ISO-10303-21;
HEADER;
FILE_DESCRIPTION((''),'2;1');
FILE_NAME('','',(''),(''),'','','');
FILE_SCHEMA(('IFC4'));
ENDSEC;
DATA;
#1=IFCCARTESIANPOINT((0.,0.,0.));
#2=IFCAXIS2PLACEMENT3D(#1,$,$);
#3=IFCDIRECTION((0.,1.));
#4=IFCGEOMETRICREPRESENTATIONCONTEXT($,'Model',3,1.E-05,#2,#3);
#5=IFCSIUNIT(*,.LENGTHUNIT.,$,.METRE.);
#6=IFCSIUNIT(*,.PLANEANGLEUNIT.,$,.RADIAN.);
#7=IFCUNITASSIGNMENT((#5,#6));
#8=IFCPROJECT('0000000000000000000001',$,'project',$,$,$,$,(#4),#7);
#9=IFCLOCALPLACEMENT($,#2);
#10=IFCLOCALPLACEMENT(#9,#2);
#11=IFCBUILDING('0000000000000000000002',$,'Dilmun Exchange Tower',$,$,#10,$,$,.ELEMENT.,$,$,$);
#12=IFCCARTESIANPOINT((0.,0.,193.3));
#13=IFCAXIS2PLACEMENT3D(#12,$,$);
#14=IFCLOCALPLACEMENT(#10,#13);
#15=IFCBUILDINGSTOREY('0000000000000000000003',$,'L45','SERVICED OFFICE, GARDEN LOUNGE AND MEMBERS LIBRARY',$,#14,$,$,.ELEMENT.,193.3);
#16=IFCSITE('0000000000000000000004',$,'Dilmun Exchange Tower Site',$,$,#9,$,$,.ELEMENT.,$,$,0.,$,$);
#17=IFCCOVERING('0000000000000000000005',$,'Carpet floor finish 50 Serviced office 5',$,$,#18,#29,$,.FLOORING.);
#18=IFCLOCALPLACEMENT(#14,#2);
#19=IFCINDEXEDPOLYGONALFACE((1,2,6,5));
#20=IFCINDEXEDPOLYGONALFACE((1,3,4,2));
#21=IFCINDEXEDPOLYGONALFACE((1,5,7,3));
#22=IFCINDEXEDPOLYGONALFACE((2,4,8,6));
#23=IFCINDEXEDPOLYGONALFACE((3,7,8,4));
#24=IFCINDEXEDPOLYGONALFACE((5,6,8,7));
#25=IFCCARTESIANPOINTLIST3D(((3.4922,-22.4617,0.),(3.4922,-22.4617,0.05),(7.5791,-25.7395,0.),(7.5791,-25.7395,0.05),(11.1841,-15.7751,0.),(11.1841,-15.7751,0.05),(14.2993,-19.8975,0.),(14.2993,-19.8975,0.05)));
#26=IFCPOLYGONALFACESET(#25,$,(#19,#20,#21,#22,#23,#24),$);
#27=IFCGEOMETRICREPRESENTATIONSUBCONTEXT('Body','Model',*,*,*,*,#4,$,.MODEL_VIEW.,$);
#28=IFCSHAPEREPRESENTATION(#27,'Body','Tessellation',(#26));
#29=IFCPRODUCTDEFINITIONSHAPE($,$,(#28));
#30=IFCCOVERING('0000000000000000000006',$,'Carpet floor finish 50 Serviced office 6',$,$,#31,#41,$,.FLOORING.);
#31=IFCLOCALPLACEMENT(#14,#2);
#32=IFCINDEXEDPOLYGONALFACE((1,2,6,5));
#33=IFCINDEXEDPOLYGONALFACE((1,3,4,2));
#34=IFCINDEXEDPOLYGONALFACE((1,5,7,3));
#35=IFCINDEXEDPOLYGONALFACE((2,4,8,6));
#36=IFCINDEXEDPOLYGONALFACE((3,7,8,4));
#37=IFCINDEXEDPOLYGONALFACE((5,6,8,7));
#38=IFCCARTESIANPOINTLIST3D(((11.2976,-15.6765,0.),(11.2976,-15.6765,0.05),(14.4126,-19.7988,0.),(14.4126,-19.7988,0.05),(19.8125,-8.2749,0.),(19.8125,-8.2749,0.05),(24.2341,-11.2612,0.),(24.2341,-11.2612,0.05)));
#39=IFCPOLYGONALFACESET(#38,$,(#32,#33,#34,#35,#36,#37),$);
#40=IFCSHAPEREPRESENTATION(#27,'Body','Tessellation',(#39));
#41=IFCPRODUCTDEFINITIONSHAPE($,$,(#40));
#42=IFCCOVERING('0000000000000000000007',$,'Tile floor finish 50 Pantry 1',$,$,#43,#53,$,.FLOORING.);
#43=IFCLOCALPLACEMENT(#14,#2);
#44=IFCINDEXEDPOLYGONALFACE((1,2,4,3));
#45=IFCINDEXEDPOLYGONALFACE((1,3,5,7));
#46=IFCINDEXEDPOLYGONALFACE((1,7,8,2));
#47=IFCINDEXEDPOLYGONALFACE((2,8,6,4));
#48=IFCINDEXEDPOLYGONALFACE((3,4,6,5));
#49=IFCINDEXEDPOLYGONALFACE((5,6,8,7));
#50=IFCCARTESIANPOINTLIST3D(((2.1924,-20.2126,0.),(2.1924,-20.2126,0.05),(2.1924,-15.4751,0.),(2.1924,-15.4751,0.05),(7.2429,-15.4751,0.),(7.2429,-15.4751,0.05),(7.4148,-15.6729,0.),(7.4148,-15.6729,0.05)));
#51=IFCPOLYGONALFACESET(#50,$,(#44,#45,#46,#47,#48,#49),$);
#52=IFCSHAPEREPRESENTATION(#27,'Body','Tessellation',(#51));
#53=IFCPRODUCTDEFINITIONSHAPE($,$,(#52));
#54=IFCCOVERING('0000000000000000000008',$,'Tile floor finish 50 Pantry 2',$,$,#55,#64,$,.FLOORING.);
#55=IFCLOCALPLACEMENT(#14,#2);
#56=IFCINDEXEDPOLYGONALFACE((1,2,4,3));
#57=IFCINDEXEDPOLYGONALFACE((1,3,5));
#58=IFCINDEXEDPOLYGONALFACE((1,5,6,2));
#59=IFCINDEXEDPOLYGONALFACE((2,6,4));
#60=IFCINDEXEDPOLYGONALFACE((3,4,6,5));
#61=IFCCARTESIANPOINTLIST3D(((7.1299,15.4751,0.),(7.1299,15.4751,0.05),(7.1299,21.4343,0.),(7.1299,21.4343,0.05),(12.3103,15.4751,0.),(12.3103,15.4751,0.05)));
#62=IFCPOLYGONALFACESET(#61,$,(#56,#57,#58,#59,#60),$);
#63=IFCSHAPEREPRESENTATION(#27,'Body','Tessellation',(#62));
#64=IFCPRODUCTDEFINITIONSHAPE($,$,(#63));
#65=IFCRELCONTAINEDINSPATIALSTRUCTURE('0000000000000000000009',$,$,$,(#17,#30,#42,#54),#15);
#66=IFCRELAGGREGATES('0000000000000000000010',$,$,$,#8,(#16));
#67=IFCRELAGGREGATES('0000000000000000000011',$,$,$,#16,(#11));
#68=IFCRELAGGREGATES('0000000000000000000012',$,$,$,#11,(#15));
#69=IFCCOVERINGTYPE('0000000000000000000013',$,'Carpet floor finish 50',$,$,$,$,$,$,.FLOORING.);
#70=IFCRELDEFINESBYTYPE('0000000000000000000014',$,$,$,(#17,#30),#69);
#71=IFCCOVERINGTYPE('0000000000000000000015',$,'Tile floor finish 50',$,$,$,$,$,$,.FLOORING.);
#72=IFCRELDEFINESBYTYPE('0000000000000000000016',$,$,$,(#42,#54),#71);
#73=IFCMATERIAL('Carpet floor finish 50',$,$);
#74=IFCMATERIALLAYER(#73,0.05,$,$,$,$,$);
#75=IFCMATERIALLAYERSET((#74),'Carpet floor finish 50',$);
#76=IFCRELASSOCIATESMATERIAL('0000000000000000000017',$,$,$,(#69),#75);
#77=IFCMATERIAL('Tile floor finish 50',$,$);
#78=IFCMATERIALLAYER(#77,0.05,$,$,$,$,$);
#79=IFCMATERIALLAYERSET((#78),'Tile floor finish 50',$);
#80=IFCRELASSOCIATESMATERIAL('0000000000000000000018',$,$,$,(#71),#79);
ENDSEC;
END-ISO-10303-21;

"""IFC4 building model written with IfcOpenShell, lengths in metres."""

from ifc_helpers import new_model, si_unit, direction, frame, origin, place, context, subcontext, project, spatial, polyline, outline, extrude, material, layer, layer_set, type_object, element, save


model = new_model("IFC4")

# Units and contexts
model_context = context("Model", 3, precision=1e-05, world=origin(), true_north=direction((0.0, 1.0)))
body_context = subcontext(model_context, "Body", "Model", "MODEL_VIEW")
ifc_project = project(units=[si_unit("LENGTHUNIT", "METRE"), si_unit("PLANEANGLEUNIT", "RADIAN")], contexts=[model_context])

# Site, building, storey
site_placement = place(None, origin())
site = spatial("IfcSite", under=ifc_project, at=site_placement, Name="Dilmun Exchange Tower Site", CompositionType="ELEMENT", RefElevation=0.0)
building_placement = place(site_placement, origin())
building = spatial("IfcBuilding", under=site, at=building_placement, Name="Dilmun Exchange Tower", CompositionType="ELEMENT")
storey_placement = place(building_placement, frame((0.0, 0.0, 193.3)))
storey = spatial("IfcBuildingStorey", under=building, at=storey_placement, Name="L45", Description="SERVICED OFFICE, GARDEN LOUNGE AND MEMBERS LIBRARY", CompositionType="ELEMENT", Elevation=193.3)

# Coverings
ifc_material_1 = material(Name="Carpet floor finish 50")
ifc_layer_1 = layer(ifc_material_1, 0.05)
ifc_layer_set_1 = layer_set([ifc_layer_1], Name="Carpet floor finish 50")
covering_type_1 = type_object("IfcCoveringType", Name="Carpet floor finish 50", PredefinedType="FLOORING", material=ifc_layer_set_1)
covering_1_placement = place(storey_placement, origin())
element("IfcCovering", 1, at=covering_1_placement, inside=storey, type_object=covering_type_1, Name="Carpet floor finish 50 Serviced office 5", PredefinedType="FLOORING", context=body_context, shape_type="SweptSolid", body=[
    extrude(outline(polyline([(11.1841, -15.7751), (14.2993, -19.8975), (7.5791, -25.7395), (3.4922, -22.4617), (11.1841, -15.7751)])), origin(), (0.0, 0.0, 1.0), 0.05),
])
covering_2_placement = place(storey_placement, origin())
element("IfcCovering", 2, at=covering_2_placement, inside=storey, type_object=covering_type_1, Name="Carpet floor finish 50 Serviced office 6", PredefinedType="FLOORING", context=body_context, shape_type="SweptSolid", body=[
    extrude(outline(polyline([(11.2976, -15.6765), (19.8125, -8.2749), (24.2341, -11.2612), (14.4126, -19.7988), (11.2976, -15.6765)])), origin(), (0.0, 0.0, 1.0), 0.05),
])
ifc_material_2 = material(Name="Tile floor finish 50")
ifc_layer_2 = layer(ifc_material_2, 0.05)
ifc_layer_set_2 = layer_set([ifc_layer_2], Name="Tile floor finish 50")
covering_type_2 = type_object("IfcCoveringType", Name="Tile floor finish 50", PredefinedType="FLOORING", material=ifc_layer_set_2)
covering_3_placement = place(storey_placement, origin())
element("IfcCovering", 3, at=covering_3_placement, inside=storey, type_object=covering_type_2, Name="Tile floor finish 50 Pantry 1", PredefinedType="FLOORING", context=body_context, shape_type="SweptSolid", body=[
    extrude(outline(polyline([(2.1924, -15.4751), (7.2429, -15.4751), (7.4148, -15.6729), (2.1924, -20.2126), (2.1924, -15.4751)])), origin(), (0.0, 0.0, 1.0), 0.05),
])
covering_4_placement = place(storey_placement, origin())
element("IfcCovering", 4, at=covering_4_placement, inside=storey, type_object=covering_type_2, Name="Tile floor finish 50 Pantry 2", PredefinedType="FLOORING", context=body_context, shape_type="SweptSolid", body=[
    extrude(outline(polyline([(7.1299, 21.4343), (12.3103, 15.4751), (7.1299, 15.4751), (7.1299, 21.4343)])), origin(), (0.0, 0.0, 1.0), 0.05),
])

save(model, "model.ifc")
